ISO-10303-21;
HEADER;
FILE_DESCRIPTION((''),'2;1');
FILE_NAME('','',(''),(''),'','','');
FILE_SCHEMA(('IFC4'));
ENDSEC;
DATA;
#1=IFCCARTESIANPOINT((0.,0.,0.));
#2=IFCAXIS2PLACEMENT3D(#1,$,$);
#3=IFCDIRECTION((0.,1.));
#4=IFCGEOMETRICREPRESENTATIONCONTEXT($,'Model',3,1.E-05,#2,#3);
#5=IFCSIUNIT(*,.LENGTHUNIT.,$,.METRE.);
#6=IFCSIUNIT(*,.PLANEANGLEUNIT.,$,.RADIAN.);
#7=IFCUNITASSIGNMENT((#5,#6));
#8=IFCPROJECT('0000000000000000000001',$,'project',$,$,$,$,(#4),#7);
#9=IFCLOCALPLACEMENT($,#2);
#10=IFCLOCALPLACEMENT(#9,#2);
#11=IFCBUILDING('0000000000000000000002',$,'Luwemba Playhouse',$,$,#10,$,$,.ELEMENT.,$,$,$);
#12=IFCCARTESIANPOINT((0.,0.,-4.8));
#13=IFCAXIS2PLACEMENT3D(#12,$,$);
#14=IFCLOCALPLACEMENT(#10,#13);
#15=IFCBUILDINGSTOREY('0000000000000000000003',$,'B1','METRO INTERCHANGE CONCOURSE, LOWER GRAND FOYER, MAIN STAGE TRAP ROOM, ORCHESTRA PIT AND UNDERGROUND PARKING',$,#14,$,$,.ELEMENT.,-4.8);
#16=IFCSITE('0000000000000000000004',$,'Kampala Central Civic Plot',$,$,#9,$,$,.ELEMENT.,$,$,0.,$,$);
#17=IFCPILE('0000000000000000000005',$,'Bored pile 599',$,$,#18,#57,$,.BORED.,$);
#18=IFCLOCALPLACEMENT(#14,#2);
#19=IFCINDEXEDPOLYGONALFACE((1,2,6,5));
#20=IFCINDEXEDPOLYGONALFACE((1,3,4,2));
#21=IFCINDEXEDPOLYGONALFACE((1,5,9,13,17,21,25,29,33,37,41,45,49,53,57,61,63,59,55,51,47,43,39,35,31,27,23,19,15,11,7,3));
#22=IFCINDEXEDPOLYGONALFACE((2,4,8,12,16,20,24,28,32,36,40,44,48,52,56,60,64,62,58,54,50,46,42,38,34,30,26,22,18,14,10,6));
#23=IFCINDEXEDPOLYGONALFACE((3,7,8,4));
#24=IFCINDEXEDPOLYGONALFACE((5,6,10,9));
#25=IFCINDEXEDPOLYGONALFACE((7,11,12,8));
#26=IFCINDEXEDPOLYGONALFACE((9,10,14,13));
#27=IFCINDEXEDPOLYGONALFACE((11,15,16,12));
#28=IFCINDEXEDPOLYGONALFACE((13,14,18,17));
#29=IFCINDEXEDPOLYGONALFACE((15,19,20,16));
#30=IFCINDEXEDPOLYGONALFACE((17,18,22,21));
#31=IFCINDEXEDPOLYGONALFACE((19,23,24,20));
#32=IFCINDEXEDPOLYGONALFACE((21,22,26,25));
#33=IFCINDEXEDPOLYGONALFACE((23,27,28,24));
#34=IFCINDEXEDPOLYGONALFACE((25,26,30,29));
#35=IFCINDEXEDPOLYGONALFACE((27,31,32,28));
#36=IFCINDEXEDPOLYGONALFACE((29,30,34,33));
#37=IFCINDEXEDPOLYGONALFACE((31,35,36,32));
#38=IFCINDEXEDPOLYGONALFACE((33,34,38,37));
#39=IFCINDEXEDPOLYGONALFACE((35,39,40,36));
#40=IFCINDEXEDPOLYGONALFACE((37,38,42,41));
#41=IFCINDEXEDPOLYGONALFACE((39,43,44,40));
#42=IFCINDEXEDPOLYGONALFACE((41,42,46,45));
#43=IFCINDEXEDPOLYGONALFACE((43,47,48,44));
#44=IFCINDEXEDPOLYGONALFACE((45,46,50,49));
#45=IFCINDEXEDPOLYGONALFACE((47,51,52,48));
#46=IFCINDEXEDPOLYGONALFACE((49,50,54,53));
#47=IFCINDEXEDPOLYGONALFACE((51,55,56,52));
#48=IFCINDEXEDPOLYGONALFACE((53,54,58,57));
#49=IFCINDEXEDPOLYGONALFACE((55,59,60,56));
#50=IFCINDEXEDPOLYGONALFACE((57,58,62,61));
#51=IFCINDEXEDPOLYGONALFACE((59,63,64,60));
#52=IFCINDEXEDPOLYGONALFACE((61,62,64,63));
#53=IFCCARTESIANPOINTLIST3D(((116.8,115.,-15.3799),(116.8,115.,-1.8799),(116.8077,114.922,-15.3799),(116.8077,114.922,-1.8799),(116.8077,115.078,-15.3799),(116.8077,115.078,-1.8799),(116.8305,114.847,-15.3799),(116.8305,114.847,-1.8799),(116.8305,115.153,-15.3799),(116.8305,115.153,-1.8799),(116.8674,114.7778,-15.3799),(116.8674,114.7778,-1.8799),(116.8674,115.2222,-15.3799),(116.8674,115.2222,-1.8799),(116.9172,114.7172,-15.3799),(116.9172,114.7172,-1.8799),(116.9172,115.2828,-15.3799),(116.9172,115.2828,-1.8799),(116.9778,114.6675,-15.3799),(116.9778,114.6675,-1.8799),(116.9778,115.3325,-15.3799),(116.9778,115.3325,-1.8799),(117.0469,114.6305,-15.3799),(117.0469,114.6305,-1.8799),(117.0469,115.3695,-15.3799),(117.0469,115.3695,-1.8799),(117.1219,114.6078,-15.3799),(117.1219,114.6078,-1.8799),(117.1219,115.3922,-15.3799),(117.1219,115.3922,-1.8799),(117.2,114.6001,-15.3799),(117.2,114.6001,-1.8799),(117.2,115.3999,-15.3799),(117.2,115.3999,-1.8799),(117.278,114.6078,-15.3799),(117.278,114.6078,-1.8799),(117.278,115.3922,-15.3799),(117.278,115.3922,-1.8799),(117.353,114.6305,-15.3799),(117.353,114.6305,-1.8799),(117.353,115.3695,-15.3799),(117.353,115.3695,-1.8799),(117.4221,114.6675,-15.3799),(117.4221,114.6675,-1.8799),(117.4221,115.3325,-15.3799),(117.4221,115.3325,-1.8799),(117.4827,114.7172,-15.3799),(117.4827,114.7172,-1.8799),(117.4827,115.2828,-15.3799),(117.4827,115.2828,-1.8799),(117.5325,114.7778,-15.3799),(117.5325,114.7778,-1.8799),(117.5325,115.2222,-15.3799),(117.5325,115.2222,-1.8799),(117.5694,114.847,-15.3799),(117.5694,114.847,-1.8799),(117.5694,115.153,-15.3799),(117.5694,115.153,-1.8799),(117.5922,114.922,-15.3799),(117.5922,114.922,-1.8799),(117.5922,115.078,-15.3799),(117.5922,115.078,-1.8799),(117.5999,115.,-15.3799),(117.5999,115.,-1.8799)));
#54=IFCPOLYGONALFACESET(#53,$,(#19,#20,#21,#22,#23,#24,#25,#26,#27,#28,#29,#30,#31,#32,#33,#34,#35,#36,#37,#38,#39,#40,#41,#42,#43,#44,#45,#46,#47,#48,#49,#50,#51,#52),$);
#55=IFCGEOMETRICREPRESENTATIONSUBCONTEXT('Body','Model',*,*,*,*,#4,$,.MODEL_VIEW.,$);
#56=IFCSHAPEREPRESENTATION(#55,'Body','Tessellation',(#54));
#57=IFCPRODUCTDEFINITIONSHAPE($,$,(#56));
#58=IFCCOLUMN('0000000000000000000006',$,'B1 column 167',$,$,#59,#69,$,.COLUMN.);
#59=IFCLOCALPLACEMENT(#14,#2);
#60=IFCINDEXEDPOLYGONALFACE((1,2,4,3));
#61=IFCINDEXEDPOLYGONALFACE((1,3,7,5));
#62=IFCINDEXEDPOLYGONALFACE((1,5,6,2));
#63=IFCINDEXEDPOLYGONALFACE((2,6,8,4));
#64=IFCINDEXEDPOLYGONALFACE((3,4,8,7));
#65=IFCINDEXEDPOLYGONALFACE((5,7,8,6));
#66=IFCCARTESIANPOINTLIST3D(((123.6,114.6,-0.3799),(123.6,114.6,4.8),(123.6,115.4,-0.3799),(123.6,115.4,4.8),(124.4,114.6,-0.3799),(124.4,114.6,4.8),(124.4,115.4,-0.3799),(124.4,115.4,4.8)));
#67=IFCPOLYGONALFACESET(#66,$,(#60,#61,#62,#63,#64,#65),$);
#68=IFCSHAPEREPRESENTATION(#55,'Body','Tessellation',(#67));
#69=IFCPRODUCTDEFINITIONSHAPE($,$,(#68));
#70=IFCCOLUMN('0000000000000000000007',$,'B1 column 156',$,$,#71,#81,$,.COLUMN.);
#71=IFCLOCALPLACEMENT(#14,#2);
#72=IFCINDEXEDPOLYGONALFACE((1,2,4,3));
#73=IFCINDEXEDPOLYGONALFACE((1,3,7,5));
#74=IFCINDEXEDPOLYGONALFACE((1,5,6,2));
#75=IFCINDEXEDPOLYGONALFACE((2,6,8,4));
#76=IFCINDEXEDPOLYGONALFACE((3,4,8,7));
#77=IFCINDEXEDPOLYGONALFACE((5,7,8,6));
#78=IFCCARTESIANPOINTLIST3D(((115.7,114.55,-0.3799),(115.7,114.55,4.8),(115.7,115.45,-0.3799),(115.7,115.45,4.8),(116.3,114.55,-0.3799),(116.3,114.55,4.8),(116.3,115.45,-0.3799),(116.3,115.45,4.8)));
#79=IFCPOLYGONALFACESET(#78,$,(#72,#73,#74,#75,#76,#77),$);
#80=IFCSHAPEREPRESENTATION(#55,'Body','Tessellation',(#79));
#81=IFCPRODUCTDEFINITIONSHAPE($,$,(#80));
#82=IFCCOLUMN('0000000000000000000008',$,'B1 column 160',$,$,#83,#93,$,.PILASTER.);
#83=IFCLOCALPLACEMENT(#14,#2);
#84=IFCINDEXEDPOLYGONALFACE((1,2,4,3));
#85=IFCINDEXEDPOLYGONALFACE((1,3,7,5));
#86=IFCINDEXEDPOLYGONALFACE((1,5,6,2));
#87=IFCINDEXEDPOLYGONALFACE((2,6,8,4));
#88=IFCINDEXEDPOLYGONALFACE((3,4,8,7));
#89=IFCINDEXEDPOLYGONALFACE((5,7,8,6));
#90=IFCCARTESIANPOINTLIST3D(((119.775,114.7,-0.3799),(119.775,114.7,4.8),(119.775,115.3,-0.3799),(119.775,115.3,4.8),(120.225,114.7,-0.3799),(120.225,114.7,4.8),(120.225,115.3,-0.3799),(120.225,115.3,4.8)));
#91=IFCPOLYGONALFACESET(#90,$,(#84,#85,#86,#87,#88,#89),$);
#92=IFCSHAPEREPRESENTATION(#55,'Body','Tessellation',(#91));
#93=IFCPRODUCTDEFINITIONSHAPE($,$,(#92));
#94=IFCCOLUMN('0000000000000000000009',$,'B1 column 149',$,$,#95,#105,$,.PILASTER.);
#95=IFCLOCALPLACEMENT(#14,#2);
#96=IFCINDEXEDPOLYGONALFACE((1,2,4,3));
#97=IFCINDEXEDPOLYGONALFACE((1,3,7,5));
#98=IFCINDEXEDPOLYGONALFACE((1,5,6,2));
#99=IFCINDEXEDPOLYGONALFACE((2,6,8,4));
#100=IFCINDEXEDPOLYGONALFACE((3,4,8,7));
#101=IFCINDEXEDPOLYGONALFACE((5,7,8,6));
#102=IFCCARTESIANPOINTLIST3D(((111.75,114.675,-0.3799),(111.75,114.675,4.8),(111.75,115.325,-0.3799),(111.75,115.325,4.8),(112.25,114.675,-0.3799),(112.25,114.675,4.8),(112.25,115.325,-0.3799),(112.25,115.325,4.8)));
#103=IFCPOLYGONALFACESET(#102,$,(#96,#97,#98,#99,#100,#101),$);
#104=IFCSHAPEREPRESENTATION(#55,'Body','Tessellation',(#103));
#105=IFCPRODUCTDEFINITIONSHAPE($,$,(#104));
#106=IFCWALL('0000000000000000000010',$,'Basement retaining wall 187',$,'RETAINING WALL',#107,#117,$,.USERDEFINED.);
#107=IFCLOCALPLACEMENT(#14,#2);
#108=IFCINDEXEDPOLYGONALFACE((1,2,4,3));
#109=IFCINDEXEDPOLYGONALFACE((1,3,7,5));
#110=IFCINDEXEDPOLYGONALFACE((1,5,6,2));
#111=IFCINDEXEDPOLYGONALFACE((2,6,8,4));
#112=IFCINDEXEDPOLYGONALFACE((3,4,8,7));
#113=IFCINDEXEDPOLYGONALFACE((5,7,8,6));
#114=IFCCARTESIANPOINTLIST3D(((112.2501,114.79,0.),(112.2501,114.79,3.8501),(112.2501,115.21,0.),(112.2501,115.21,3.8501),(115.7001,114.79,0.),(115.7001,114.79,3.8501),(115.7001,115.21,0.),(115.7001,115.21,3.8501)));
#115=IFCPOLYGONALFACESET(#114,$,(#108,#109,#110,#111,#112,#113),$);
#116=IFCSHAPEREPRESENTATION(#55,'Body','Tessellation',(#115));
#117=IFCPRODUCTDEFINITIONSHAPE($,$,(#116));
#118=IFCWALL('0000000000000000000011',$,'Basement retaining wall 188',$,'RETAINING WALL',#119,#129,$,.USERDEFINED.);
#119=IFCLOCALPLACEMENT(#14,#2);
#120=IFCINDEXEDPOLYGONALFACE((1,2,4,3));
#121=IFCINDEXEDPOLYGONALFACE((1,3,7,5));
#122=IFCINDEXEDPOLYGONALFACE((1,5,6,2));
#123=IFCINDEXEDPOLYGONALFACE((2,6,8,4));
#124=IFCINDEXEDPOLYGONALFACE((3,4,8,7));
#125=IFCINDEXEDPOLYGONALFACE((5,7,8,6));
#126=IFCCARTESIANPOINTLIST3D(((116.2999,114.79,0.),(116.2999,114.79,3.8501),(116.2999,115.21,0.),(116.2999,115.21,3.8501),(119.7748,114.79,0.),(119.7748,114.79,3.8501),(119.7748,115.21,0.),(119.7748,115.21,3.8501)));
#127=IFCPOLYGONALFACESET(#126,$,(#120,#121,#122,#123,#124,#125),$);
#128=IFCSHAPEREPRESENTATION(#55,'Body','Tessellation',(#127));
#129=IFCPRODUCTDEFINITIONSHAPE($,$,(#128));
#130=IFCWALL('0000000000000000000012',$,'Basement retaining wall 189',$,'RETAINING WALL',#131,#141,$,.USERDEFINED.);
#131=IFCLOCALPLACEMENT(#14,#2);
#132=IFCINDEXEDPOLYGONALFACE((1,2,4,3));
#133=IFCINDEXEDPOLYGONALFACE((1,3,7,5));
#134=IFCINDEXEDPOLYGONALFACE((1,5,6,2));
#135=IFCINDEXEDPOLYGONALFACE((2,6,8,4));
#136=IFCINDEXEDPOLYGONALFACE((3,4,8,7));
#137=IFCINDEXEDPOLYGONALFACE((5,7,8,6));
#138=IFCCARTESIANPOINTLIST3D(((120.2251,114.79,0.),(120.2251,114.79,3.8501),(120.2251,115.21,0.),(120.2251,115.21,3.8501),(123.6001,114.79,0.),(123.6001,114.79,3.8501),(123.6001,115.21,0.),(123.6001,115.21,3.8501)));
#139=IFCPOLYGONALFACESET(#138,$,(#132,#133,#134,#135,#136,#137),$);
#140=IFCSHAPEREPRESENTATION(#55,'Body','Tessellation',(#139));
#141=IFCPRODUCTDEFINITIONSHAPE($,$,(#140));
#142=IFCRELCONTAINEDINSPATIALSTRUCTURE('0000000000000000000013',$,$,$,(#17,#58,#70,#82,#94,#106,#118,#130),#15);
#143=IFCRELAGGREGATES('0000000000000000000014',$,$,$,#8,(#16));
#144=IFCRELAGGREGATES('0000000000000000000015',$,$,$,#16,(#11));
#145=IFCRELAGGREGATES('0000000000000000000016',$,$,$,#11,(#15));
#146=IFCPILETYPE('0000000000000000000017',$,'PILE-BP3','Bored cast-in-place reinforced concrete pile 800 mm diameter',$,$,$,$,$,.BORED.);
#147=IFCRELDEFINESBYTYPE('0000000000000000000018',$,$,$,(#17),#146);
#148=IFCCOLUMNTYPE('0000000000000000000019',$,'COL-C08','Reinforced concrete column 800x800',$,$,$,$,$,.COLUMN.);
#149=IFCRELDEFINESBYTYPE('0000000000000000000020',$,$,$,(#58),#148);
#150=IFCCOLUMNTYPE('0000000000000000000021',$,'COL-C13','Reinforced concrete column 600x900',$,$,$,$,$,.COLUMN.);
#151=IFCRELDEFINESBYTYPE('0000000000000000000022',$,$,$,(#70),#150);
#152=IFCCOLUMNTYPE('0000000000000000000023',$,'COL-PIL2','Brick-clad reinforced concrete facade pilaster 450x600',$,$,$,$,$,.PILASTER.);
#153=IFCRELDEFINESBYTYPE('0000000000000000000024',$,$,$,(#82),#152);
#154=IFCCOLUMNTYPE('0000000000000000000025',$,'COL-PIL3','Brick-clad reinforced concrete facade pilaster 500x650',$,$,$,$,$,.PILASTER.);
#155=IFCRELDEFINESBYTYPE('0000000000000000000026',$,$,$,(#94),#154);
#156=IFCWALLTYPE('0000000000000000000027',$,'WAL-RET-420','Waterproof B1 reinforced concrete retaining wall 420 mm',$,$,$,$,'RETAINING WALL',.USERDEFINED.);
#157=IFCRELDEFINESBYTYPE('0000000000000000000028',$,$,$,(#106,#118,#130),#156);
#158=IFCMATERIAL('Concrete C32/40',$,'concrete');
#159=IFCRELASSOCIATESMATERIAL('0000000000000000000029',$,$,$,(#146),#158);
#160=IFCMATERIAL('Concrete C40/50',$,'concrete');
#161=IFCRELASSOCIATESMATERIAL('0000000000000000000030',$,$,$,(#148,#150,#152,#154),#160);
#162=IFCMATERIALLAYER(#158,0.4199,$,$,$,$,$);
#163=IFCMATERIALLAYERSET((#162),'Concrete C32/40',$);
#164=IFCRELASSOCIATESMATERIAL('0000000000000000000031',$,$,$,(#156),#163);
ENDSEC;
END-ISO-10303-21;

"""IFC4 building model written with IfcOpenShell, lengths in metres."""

from ifc_helpers import new_model, si_unit, direction, frame, frame_2d, origin, origin_2d, place, context, subcontext, project, spatial, rectangle, circle, extrude, material, layer, layer_set, material_profile, profile_set, type_object, element, save


model = new_model("IFC4")

# Units and contexts
model_context = context("Model", 3, precision=1e-05, world=origin(), true_north=direction((0.0, 1.0)))
body_context = subcontext(model_context, "Body", "Model", "MODEL_VIEW")
ifc_project = project(units=[si_unit("LENGTHUNIT", "METRE"), si_unit("PLANEANGLEUNIT", "RADIAN")], contexts=[model_context])

# Site, building, storey
site_placement = place(None, origin())
site = spatial("IfcSite", under=ifc_project, at=site_placement, Name="Kampala Central Civic Plot", CompositionType="ELEMENT", RefElevation=0.0)
building_placement = place(site_placement, origin())
building = spatial("IfcBuilding", under=site, at=building_placement, Name="Luwemba Playhouse", CompositionType="ELEMENT")
storey_placement = place(building_placement, frame((0.0, 0.0, -4.8)))
storey = spatial("IfcBuildingStorey", under=building, at=storey_placement, Name="B1", Description="METRO INTERCHANGE CONCOURSE, LOWER GRAND FOYER, MAIN STAGE TRAP ROOM, ORCHESTRA PIT AND UNDERGROUND PARKING", CompositionType="ELEMENT", Elevation=-4.8)

# Shared definitions
ifc_material_1 = material(Name="Concrete C32/40", Category="concrete")

# Pile
ifc_material_profile_1 = material_profile(ifc_material_1, circle(Radius=0.3999, at=origin_2d()))
ifc_profile_set_1 = profile_set([ifc_material_profile_1], Name="Concrete C32/40")
pile_type_1 = type_object("IfcPileType", Name="PILE-BP3", Description="Bored cast-in-place reinforced concrete pile 800 mm diameter", PredefinedType="BORED", material=ifc_profile_set_1)
for number, where, z_axis, x_axis, name in (
    (1, (117.2, 115.0, -1.8799), (0.0, 0.0, -1.0), (1.0, 0.0, 0.0), "Bored pile 599"),
):
    element("IfcPile", number, at=place(storey_placement, frame(where, z_axis=z_axis, x_axis=x_axis)), inside=storey, type_object=pile_type_1, Name=name, PredefinedType="BORED", context=body_context, shape_type="SweptSolid", body=[
        extrude(circle(Radius=0.3999, at=origin_2d()), origin(), (0.0, 0.0, 1.0), 13.5),
    ])

# Columns
ifc_material_2 = material(Name="Concrete C40/50", Category="concrete")
ifc_material_profile_2 = material_profile(ifc_material_2, rectangle(XDim=0.8, YDim=0.8, at=origin_2d()))
ifc_profile_set_2 = profile_set([ifc_material_profile_2], Name="Concrete C40/50")
column_type_1 = type_object("IfcColumnType", Name="COL-C08", Description="Reinforced concrete column 800x800", PredefinedType="COLUMN", material=ifc_profile_set_2)
column_1_placement = place(storey_placement, frame((124.0, 115.0, -0.3799), z_axis=(0.0, 0.0, 1.0), x_axis=(1.0, 0.0, 0.0)))
element("IfcColumn", 2, at=column_1_placement, inside=storey, type_object=column_type_1, Name="B1 column 167", PredefinedType="COLUMN", context=body_context, shape_type="SweptSolid", body=[
    extrude(rectangle(XDim=0.8, YDim=0.8, at=origin_2d()), origin(), (0.0, 0.0, 1.0), 5.1799),
])
ifc_material_profile_3 = material_profile(ifc_material_2, rectangle(XDim=0.6001, YDim=0.8999, at=origin_2d()))
ifc_profile_set_3 = profile_set([ifc_material_profile_3], Name="Concrete C40/50")
column_type_2 = type_object("IfcColumnType", Name="COL-C13", Description="Reinforced concrete column 600x900", PredefinedType="COLUMN", material=ifc_profile_set_3)
column_2_placement = place(storey_placement, frame((116.0, 115.0, -0.3799), z_axis=(0.0, 0.0, 1.0), x_axis=(1.0, 0.0, 0.0)))
element("IfcColumn", 3, at=column_2_placement, inside=storey, type_object=column_type_2, Name="B1 column 156", PredefinedType="COLUMN", context=body_context, shape_type="SweptSolid", body=[
    extrude(rectangle(XDim=0.6001, YDim=0.8999, at=origin_2d()), origin(), (0.0, 0.0, 1.0), 5.1799),
])
ifc_material_profile_4 = material_profile(ifc_material_2, rectangle(XDim=0.45, YDim=0.6001, at=origin_2d()))
ifc_profile_set_4 = profile_set([ifc_material_profile_4], Name="Concrete C40/50")
column_type_3 = type_object("IfcColumnType", Name="COL-PIL2", Description="Brick-clad reinforced concrete facade pilaster 450x600", PredefinedType="PILASTER", material=ifc_profile_set_4)
column_3_placement = place(storey_placement, frame((120.0, 115.0, -0.3799), z_axis=(0.0, 0.0, 1.0), x_axis=(1.0, 0.0, 0.0)))
element("IfcColumn", 4, at=column_3_placement, inside=storey, type_object=column_type_3, Name="B1 column 160", PredefinedType="PILASTER", context=body_context, shape_type="SweptSolid", body=[
    extrude(rectangle(XDim=0.45, YDim=0.6001, at=origin_2d()), origin(), (0.0, 0.0, 1.0), 5.1799),
])
ifc_material_profile_5 = material_profile(ifc_material_2, rectangle(XDim=0.5, YDim=0.6499, at=origin_2d()))
ifc_profile_set_5 = profile_set([ifc_material_profile_5], Name="Concrete C40/50")
column_type_4 = type_object("IfcColumnType", Name="COL-PIL3", Description="Brick-clad reinforced concrete facade pilaster 500x650", PredefinedType="PILASTER", material=ifc_profile_set_5)
column_4_placement = place(storey_placement, frame((112.0, 115.0, -0.3799), z_axis=(0.0, 0.0, 1.0), x_axis=(1.0, 0.0, 0.0)))
element("IfcColumn", 5, at=column_4_placement, inside=storey, type_object=column_type_4, Name="B1 column 149", PredefinedType="PILASTER", context=body_context, shape_type="SweptSolid", body=[
    extrude(rectangle(XDim=0.5, YDim=0.6499, at=origin_2d()), origin(), (0.0, 0.0, 1.0), 5.1799),
])

# Walls
ifc_layer = layer(ifc_material_1, 0.4199)
ifc_layer_set = layer_set([ifc_layer], Name="Concrete C32/40")
wall_type = type_object("IfcWallType", Name="WAL-RET-420", Description="Waterproof B1 reinforced concrete retaining wall 420 mm", ElementType="RETAINING WALL", PredefinedType="USERDEFINED", material=ifc_layer_set)
wall_1_placement = place(storey_placement, frame((112.25, 115.0, 0.0), z_axis=(0.0, 0.0, 1.0), x_axis=(1.0, 0.0, 0.0)))
element("IfcWall", 6, at=wall_1_placement, inside=storey, type_object=wall_type, Name="Basement retaining wall 187", ObjectType="RETAINING WALL", PredefinedType="USERDEFINED", context=body_context, shape_type="SweptSolid", body=[
    extrude(rectangle(XDim=3.45, YDim=0.4199, at=frame_2d((1.7251, 0.0))), origin(), (0.0, 0.0, 1.0), 3.8501),
])
wall_2_placement = place(storey_placement, frame((116.3, 115.0, 0.0), z_axis=(0.0, 0.0, 1.0), x_axis=(1.0, 0.0, 0.0)))
element("IfcWall", 7, at=wall_2_placement, inside=storey, type_object=wall_type, Name="Basement retaining wall 188", ObjectType="RETAINING WALL", PredefinedType="USERDEFINED", context=body_context, shape_type="SweptSolid", body=[
    extrude(rectangle(XDim=3.4749, YDim=0.4199, at=frame_2d((1.7373, 0.0))), origin(), (0.0, 0.0, 1.0), 3.8501),
])
wall_3_placement = place(storey_placement, frame((120.2251, 115.0, 0.0), z_axis=(0.0, 0.0, 1.0), x_axis=(1.0, 0.0, 0.0)))
element("IfcWall", 8, at=wall_3_placement, inside=storey, type_object=wall_type, Name="Basement retaining wall 189", ObjectType="RETAINING WALL", PredefinedType="USERDEFINED", context=body_context, shape_type="SweptSolid", body=[
    extrude(rectangle(XDim=3.375, YDim=0.4199, at=frame_2d((1.6875, 0.0))), origin(), (0.0, 0.0, 1.0), 3.8501),
])

save(model, "model.ifc")
